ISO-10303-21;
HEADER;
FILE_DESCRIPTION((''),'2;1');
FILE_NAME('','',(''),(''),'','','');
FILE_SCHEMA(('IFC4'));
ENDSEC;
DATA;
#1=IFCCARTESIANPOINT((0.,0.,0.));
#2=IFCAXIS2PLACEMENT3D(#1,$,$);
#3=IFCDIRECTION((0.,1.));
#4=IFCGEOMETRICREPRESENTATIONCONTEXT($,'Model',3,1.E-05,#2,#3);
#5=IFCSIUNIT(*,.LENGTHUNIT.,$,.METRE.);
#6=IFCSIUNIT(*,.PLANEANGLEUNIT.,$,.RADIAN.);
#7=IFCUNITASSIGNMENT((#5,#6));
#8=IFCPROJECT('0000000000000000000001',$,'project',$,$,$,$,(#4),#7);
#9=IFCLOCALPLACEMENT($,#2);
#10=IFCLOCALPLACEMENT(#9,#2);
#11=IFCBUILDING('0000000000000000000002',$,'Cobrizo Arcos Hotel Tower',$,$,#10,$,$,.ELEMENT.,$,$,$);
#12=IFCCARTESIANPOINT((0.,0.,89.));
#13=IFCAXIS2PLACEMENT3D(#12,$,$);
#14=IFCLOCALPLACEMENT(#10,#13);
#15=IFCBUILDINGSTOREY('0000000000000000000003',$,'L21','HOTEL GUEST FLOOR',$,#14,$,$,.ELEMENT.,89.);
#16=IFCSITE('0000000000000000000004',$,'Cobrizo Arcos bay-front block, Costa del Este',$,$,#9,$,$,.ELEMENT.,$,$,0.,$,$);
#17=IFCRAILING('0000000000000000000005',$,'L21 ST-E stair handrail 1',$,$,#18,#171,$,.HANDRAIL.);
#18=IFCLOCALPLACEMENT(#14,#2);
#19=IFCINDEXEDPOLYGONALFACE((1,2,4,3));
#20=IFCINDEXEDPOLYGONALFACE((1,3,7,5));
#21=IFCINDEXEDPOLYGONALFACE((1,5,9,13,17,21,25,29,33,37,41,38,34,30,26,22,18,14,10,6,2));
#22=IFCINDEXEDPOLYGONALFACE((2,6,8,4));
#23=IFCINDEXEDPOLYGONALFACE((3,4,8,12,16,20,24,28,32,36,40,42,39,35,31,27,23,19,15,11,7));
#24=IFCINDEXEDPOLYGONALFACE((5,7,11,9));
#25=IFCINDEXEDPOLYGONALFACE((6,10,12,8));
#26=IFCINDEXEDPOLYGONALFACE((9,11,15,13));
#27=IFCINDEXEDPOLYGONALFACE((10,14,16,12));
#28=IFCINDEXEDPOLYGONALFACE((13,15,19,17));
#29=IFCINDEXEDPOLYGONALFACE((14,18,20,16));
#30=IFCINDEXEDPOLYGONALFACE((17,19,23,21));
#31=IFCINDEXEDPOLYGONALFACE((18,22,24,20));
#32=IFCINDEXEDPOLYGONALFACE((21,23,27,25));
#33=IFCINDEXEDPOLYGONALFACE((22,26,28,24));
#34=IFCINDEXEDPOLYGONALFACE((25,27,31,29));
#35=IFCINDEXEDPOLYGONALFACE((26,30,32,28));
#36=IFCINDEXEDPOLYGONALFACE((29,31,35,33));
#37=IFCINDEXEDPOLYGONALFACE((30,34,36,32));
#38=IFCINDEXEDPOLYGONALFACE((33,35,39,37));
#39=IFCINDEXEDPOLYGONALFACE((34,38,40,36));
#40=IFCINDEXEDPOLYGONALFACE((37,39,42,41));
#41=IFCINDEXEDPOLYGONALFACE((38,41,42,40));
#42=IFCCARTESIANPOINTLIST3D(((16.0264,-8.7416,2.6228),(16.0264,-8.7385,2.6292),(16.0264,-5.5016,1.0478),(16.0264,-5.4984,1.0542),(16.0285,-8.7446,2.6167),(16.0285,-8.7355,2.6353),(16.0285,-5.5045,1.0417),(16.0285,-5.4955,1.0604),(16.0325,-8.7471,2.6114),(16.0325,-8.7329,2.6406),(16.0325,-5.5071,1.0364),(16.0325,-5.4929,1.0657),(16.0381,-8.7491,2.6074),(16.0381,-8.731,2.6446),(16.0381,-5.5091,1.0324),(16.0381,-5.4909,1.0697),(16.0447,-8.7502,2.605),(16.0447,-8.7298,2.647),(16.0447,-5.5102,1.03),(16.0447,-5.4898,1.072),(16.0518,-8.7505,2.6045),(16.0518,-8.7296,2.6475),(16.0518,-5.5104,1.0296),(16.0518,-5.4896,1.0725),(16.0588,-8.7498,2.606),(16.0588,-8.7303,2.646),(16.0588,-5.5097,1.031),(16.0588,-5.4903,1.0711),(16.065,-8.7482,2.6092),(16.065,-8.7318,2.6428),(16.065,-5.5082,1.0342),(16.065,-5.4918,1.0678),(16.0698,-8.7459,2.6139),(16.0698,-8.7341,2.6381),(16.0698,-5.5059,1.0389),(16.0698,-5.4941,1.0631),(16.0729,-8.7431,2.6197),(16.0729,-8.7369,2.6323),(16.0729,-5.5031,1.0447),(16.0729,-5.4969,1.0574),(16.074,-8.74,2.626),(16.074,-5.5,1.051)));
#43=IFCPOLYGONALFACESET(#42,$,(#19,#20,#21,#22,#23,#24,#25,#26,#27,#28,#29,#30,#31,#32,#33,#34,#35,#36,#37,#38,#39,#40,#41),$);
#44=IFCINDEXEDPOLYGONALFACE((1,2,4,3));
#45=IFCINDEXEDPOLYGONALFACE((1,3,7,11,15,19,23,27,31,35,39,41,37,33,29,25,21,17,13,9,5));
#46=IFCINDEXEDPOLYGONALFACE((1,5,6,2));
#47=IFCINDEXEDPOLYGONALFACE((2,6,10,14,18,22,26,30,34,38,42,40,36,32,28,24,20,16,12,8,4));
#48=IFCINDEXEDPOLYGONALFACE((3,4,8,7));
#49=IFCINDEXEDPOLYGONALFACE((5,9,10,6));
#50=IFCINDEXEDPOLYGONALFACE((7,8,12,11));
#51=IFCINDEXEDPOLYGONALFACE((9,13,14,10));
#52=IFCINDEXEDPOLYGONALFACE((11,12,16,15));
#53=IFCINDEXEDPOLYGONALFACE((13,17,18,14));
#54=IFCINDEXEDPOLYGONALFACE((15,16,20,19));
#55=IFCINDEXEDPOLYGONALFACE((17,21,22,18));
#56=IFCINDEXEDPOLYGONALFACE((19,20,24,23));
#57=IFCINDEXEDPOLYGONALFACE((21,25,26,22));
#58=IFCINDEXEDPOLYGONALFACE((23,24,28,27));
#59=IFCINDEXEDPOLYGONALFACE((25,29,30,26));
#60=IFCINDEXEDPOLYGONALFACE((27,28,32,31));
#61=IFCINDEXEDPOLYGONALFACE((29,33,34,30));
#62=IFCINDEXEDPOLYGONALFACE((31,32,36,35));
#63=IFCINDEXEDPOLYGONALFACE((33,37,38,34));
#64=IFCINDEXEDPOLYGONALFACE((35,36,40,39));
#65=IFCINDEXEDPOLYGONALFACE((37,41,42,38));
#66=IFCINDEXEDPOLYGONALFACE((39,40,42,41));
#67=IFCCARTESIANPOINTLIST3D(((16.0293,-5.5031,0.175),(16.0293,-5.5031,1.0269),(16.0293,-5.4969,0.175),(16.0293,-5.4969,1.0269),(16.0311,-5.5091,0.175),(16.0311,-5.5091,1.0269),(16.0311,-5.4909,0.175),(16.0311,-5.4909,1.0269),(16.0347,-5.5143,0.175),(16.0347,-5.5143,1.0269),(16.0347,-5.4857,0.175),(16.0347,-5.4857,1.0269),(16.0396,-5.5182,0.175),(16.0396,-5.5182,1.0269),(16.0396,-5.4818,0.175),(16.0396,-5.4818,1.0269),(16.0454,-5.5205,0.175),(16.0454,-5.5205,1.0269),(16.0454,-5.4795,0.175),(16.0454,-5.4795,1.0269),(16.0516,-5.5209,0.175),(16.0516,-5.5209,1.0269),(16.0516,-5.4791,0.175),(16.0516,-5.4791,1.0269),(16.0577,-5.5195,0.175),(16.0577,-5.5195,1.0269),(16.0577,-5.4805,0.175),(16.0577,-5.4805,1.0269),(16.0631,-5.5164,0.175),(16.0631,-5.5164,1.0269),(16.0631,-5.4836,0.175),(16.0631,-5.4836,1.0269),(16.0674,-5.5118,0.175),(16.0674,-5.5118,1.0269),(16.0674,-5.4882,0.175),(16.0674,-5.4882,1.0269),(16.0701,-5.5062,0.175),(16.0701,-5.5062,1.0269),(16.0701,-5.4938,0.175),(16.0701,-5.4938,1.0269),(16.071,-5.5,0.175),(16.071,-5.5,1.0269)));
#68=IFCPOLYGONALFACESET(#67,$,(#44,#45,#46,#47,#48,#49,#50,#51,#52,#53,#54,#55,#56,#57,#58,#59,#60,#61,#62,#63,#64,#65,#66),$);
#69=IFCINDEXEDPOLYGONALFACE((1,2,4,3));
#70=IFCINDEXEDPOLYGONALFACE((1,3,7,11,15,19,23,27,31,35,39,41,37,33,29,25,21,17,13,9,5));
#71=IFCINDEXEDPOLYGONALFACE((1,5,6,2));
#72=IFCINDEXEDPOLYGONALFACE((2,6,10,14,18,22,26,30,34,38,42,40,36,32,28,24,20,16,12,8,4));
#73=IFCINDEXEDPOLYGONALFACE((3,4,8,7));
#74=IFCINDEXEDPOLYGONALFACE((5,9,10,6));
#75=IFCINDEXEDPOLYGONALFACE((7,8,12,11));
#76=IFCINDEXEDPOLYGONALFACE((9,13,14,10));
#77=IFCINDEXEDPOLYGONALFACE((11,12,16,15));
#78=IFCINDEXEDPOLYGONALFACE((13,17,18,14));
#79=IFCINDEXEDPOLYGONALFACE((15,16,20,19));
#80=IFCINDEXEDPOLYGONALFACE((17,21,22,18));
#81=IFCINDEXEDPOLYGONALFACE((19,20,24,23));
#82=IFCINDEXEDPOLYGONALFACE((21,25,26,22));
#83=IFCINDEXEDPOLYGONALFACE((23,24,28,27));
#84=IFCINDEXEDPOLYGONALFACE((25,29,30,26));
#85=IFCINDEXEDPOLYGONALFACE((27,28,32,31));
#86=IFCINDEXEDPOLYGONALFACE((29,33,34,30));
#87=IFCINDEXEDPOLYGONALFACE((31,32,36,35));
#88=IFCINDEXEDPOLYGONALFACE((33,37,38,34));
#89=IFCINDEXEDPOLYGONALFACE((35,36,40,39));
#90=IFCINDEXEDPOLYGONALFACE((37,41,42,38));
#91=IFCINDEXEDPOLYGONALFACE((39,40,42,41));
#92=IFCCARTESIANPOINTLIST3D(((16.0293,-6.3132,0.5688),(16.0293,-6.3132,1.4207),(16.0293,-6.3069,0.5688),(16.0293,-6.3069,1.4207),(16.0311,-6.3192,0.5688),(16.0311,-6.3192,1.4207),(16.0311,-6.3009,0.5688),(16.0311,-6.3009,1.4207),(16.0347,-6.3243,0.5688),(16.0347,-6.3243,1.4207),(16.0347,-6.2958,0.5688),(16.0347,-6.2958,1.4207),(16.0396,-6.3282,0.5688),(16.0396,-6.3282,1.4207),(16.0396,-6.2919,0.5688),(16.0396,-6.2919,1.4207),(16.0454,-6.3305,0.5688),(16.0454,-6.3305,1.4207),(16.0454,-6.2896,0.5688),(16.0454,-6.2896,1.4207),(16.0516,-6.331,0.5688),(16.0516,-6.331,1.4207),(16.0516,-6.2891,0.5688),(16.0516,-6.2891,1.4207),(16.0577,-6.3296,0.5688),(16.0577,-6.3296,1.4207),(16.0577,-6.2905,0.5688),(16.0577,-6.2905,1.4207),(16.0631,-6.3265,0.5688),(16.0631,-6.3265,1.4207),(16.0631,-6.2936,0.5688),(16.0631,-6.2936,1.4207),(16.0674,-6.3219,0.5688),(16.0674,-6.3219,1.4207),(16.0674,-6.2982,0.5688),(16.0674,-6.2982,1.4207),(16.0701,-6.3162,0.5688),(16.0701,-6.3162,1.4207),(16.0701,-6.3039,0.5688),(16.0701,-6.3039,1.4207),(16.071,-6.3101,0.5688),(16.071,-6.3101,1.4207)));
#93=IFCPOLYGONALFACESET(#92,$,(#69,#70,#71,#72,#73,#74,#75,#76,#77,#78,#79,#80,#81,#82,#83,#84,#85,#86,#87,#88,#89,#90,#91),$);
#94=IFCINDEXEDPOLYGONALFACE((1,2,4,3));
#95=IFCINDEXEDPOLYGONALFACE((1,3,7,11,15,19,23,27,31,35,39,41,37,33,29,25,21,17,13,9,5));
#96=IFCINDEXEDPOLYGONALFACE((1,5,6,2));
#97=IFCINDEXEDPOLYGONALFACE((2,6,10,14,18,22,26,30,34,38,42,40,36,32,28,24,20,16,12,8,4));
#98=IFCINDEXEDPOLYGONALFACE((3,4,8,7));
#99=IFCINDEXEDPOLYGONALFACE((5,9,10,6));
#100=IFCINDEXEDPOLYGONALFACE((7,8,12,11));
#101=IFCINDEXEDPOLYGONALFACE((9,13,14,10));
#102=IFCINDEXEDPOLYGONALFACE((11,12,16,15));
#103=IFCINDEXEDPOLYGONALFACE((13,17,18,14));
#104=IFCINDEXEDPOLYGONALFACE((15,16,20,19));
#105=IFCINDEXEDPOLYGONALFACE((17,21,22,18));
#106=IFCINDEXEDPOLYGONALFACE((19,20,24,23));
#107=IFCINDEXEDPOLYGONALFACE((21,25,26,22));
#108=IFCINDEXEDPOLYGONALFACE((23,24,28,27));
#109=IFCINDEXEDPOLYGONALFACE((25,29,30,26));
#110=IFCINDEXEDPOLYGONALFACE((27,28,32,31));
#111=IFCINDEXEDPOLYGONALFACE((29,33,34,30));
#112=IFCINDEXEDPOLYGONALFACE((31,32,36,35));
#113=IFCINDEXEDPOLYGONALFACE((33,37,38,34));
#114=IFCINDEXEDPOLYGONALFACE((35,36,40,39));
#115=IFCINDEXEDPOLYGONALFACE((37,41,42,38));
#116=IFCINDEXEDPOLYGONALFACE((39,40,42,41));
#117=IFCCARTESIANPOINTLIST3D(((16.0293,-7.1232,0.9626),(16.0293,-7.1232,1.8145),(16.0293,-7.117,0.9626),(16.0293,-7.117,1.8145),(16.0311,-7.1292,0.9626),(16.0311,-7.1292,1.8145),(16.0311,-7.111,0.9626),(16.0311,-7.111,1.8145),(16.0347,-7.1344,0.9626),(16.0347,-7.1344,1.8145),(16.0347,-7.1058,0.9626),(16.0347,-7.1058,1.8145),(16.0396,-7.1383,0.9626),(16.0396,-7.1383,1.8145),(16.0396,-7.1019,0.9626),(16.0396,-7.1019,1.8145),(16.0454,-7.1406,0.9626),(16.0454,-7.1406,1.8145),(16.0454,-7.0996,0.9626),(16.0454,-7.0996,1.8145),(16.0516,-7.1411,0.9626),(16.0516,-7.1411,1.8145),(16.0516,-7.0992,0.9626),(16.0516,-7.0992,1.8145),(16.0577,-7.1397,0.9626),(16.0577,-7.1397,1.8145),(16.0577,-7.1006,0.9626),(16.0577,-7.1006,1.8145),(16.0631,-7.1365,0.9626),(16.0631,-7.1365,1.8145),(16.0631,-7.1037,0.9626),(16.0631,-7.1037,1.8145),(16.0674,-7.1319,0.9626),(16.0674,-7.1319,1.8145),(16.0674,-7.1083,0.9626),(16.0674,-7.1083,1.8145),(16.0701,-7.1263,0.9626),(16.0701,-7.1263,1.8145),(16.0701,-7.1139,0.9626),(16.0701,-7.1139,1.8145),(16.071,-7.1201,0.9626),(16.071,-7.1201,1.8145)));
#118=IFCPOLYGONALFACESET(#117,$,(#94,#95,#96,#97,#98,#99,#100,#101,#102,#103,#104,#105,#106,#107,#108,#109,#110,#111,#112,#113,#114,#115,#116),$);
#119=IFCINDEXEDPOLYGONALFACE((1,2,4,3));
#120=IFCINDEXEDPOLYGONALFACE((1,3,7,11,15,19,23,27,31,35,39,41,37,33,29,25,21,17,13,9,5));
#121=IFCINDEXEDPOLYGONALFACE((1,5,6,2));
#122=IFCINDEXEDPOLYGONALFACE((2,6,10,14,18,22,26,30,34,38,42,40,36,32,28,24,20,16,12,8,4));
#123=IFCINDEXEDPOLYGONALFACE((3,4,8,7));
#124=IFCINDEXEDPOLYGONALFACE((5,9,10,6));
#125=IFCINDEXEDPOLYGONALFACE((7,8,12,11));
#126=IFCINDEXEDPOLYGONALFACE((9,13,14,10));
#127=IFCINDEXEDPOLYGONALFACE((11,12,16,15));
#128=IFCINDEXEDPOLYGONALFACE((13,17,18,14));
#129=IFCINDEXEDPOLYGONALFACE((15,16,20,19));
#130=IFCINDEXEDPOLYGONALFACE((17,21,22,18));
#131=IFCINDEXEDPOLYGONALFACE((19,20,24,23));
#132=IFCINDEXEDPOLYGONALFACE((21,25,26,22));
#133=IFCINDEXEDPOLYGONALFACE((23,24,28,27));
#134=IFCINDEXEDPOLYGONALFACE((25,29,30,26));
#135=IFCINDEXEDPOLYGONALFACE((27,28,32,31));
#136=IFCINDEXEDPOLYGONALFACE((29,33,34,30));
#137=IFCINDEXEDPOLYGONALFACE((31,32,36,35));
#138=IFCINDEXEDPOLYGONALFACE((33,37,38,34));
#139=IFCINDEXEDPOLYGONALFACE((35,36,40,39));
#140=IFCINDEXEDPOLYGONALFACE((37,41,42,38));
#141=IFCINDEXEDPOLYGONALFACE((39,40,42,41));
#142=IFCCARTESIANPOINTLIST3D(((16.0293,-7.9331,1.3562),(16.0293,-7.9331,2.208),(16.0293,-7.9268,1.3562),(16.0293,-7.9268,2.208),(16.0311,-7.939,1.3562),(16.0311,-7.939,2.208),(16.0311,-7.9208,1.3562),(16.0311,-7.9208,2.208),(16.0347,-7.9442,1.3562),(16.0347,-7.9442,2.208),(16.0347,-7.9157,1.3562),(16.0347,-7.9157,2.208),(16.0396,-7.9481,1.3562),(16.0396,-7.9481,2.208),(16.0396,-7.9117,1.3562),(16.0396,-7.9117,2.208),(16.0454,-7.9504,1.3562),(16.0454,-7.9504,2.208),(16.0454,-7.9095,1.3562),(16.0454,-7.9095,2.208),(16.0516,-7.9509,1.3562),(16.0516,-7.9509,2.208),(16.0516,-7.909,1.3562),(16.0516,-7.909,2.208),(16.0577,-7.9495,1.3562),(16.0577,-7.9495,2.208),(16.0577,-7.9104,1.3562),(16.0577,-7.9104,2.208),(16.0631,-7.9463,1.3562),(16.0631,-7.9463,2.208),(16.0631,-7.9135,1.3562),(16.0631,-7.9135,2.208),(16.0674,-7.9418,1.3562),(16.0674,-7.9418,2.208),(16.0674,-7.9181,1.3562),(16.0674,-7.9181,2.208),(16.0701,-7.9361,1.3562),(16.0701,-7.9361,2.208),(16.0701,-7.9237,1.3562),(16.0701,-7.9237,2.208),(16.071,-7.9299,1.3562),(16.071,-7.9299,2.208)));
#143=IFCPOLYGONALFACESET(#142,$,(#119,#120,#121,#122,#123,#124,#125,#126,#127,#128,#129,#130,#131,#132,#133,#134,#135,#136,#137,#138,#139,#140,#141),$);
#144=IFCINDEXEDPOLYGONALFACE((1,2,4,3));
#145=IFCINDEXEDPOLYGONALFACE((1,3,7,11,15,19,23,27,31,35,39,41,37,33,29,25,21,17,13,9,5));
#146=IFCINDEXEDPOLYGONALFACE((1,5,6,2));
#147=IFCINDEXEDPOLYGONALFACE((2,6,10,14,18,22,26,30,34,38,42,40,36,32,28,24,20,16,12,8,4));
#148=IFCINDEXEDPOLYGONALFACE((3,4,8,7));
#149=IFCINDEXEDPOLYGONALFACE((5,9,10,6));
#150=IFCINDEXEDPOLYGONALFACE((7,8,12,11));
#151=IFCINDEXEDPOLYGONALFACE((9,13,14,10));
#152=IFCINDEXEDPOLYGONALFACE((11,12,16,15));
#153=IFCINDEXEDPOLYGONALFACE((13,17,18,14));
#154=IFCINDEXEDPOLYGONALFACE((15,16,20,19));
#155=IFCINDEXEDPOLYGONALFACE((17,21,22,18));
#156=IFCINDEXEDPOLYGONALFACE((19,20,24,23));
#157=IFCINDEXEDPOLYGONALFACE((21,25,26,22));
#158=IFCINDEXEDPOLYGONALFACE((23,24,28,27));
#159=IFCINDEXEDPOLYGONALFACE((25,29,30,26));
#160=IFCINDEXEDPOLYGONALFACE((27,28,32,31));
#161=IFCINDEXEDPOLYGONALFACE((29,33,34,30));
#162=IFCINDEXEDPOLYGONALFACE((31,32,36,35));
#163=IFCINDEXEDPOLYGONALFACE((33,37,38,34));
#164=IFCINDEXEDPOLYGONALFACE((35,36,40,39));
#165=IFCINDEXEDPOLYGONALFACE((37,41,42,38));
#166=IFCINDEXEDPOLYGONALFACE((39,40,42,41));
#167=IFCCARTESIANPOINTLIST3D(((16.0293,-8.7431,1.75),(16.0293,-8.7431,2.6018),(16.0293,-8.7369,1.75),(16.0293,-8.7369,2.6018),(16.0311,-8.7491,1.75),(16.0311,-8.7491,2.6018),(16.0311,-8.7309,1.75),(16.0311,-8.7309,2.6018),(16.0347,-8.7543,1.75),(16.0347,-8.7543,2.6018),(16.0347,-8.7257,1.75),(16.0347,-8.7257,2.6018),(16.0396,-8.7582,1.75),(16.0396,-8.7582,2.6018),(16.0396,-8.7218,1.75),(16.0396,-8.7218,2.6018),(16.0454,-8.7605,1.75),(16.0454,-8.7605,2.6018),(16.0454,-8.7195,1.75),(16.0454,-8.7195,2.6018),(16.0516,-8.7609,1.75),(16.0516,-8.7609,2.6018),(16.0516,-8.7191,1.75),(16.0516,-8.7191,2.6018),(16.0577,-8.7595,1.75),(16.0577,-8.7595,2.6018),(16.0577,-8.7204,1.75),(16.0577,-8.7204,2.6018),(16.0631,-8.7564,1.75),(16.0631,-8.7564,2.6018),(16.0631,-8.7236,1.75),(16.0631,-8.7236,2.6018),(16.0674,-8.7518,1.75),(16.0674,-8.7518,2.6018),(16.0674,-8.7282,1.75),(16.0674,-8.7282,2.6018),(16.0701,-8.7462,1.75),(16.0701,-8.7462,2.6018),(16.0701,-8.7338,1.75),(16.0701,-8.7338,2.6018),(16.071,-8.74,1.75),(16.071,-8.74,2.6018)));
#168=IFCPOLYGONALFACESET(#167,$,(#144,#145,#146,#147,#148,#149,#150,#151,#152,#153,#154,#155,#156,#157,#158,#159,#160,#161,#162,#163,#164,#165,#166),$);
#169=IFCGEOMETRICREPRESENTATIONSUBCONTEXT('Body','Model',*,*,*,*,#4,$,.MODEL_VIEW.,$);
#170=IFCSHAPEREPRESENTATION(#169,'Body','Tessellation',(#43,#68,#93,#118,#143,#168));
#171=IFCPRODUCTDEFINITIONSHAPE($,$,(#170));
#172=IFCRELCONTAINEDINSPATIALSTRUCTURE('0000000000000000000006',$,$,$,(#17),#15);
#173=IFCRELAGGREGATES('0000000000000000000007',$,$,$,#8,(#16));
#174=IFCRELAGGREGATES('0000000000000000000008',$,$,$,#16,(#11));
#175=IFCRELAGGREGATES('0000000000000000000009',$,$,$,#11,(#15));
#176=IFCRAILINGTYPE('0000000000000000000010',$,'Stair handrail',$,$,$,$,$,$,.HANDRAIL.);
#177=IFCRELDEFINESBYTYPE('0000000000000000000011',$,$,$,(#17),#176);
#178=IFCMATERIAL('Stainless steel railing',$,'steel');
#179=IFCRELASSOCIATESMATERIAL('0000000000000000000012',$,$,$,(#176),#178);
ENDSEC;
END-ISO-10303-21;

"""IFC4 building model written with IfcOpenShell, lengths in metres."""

from ifc_helpers import new_model, si_unit, direction, frame, origin, origin_2d, place, context, subcontext, project, spatial, circle, extrude, material, type_object, element, save


model = new_model("IFC4")

# Units and contexts
model_context = context("Model", 3, precision=1e-05, world=origin(), true_north=direction((0.0, 1.0)))
body_context = subcontext(model_context, "Body", "Model", "MODEL_VIEW")
ifc_project = project(units=[si_unit("LENGTHUNIT", "METRE"), si_unit("PLANEANGLEUNIT", "RADIAN")], contexts=[model_context])

# Site, building, storey
site_placement = place(None, origin())
site = spatial("IfcSite", under=ifc_project, at=site_placement, Name="Cobrizo Arcos bay-front block, Costa del Este", CompositionType="ELEMENT", RefElevation=0.0)
building_placement = place(site_placement, origin())
building = spatial("IfcBuilding", under=site, at=building_placement, Name="Cobrizo Arcos Hotel Tower", CompositionType="ELEMENT")
storey_placement = place(building_placement, frame((0.0, 0.0, 89.0)))
storey = spatial("IfcBuildingStorey", under=building, at=storey_placement, Name="L21", Description="HOTEL GUEST FLOOR", CompositionType="ELEMENT", Elevation=89.0)

# Railing
ifc_material_1 = material(Name="Stainless steel railing", Category="steel")
railing_type_1 = type_object("IfcRailingType", Name="Stair handrail", PredefinedType="HANDRAIL", material=ifc_material_1)
railing_1_placement = place(storey_placement, frame((16.05, -5.5, 0.175)))
element("IfcRailing", 1, at=railing_1_placement, inside=storey, type_object=railing_type_1, Name="L21 ST-E stair handrail 1", PredefinedType="HANDRAIL", context=body_context, shape_type="SweptSolid", body=[
    extrude(circle(Radius=0.0239, at=origin_2d()), frame((0.0, 0.0, 0.876), z_axis=(0.0, -0.899373, 0.437183), x_axis=(1.0, 0.0, 0.0)), (0.0, 0.0, 1.0), 3.6025),
    extrude(circle(Radius=0.021, at=origin_2d()), origin(), (0.0, 0.0, 1.0), 0.8518),
    extrude(circle(Radius=0.021, at=origin_2d()), frame((0.0, -0.8101, 0.3938)), (0.0, 0.0, 1.0), 0.8518),
    extrude(circle(Radius=0.021, at=origin_2d()), frame((0.0, -1.6201, 0.7876)), (0.0, 0.0, 1.0), 0.8518),
    extrude(circle(Radius=0.021, at=origin_2d()), frame((0.0, -2.4299, 1.1812)), (0.0, 0.0, 1.0), 0.8518),
    extrude(circle(Radius=0.021, at=origin_2d()), frame((0.0, -3.24, 1.575)), (0.0, 0.0, 1.0), 0.8518),
])

save(model, "model.ifc")
